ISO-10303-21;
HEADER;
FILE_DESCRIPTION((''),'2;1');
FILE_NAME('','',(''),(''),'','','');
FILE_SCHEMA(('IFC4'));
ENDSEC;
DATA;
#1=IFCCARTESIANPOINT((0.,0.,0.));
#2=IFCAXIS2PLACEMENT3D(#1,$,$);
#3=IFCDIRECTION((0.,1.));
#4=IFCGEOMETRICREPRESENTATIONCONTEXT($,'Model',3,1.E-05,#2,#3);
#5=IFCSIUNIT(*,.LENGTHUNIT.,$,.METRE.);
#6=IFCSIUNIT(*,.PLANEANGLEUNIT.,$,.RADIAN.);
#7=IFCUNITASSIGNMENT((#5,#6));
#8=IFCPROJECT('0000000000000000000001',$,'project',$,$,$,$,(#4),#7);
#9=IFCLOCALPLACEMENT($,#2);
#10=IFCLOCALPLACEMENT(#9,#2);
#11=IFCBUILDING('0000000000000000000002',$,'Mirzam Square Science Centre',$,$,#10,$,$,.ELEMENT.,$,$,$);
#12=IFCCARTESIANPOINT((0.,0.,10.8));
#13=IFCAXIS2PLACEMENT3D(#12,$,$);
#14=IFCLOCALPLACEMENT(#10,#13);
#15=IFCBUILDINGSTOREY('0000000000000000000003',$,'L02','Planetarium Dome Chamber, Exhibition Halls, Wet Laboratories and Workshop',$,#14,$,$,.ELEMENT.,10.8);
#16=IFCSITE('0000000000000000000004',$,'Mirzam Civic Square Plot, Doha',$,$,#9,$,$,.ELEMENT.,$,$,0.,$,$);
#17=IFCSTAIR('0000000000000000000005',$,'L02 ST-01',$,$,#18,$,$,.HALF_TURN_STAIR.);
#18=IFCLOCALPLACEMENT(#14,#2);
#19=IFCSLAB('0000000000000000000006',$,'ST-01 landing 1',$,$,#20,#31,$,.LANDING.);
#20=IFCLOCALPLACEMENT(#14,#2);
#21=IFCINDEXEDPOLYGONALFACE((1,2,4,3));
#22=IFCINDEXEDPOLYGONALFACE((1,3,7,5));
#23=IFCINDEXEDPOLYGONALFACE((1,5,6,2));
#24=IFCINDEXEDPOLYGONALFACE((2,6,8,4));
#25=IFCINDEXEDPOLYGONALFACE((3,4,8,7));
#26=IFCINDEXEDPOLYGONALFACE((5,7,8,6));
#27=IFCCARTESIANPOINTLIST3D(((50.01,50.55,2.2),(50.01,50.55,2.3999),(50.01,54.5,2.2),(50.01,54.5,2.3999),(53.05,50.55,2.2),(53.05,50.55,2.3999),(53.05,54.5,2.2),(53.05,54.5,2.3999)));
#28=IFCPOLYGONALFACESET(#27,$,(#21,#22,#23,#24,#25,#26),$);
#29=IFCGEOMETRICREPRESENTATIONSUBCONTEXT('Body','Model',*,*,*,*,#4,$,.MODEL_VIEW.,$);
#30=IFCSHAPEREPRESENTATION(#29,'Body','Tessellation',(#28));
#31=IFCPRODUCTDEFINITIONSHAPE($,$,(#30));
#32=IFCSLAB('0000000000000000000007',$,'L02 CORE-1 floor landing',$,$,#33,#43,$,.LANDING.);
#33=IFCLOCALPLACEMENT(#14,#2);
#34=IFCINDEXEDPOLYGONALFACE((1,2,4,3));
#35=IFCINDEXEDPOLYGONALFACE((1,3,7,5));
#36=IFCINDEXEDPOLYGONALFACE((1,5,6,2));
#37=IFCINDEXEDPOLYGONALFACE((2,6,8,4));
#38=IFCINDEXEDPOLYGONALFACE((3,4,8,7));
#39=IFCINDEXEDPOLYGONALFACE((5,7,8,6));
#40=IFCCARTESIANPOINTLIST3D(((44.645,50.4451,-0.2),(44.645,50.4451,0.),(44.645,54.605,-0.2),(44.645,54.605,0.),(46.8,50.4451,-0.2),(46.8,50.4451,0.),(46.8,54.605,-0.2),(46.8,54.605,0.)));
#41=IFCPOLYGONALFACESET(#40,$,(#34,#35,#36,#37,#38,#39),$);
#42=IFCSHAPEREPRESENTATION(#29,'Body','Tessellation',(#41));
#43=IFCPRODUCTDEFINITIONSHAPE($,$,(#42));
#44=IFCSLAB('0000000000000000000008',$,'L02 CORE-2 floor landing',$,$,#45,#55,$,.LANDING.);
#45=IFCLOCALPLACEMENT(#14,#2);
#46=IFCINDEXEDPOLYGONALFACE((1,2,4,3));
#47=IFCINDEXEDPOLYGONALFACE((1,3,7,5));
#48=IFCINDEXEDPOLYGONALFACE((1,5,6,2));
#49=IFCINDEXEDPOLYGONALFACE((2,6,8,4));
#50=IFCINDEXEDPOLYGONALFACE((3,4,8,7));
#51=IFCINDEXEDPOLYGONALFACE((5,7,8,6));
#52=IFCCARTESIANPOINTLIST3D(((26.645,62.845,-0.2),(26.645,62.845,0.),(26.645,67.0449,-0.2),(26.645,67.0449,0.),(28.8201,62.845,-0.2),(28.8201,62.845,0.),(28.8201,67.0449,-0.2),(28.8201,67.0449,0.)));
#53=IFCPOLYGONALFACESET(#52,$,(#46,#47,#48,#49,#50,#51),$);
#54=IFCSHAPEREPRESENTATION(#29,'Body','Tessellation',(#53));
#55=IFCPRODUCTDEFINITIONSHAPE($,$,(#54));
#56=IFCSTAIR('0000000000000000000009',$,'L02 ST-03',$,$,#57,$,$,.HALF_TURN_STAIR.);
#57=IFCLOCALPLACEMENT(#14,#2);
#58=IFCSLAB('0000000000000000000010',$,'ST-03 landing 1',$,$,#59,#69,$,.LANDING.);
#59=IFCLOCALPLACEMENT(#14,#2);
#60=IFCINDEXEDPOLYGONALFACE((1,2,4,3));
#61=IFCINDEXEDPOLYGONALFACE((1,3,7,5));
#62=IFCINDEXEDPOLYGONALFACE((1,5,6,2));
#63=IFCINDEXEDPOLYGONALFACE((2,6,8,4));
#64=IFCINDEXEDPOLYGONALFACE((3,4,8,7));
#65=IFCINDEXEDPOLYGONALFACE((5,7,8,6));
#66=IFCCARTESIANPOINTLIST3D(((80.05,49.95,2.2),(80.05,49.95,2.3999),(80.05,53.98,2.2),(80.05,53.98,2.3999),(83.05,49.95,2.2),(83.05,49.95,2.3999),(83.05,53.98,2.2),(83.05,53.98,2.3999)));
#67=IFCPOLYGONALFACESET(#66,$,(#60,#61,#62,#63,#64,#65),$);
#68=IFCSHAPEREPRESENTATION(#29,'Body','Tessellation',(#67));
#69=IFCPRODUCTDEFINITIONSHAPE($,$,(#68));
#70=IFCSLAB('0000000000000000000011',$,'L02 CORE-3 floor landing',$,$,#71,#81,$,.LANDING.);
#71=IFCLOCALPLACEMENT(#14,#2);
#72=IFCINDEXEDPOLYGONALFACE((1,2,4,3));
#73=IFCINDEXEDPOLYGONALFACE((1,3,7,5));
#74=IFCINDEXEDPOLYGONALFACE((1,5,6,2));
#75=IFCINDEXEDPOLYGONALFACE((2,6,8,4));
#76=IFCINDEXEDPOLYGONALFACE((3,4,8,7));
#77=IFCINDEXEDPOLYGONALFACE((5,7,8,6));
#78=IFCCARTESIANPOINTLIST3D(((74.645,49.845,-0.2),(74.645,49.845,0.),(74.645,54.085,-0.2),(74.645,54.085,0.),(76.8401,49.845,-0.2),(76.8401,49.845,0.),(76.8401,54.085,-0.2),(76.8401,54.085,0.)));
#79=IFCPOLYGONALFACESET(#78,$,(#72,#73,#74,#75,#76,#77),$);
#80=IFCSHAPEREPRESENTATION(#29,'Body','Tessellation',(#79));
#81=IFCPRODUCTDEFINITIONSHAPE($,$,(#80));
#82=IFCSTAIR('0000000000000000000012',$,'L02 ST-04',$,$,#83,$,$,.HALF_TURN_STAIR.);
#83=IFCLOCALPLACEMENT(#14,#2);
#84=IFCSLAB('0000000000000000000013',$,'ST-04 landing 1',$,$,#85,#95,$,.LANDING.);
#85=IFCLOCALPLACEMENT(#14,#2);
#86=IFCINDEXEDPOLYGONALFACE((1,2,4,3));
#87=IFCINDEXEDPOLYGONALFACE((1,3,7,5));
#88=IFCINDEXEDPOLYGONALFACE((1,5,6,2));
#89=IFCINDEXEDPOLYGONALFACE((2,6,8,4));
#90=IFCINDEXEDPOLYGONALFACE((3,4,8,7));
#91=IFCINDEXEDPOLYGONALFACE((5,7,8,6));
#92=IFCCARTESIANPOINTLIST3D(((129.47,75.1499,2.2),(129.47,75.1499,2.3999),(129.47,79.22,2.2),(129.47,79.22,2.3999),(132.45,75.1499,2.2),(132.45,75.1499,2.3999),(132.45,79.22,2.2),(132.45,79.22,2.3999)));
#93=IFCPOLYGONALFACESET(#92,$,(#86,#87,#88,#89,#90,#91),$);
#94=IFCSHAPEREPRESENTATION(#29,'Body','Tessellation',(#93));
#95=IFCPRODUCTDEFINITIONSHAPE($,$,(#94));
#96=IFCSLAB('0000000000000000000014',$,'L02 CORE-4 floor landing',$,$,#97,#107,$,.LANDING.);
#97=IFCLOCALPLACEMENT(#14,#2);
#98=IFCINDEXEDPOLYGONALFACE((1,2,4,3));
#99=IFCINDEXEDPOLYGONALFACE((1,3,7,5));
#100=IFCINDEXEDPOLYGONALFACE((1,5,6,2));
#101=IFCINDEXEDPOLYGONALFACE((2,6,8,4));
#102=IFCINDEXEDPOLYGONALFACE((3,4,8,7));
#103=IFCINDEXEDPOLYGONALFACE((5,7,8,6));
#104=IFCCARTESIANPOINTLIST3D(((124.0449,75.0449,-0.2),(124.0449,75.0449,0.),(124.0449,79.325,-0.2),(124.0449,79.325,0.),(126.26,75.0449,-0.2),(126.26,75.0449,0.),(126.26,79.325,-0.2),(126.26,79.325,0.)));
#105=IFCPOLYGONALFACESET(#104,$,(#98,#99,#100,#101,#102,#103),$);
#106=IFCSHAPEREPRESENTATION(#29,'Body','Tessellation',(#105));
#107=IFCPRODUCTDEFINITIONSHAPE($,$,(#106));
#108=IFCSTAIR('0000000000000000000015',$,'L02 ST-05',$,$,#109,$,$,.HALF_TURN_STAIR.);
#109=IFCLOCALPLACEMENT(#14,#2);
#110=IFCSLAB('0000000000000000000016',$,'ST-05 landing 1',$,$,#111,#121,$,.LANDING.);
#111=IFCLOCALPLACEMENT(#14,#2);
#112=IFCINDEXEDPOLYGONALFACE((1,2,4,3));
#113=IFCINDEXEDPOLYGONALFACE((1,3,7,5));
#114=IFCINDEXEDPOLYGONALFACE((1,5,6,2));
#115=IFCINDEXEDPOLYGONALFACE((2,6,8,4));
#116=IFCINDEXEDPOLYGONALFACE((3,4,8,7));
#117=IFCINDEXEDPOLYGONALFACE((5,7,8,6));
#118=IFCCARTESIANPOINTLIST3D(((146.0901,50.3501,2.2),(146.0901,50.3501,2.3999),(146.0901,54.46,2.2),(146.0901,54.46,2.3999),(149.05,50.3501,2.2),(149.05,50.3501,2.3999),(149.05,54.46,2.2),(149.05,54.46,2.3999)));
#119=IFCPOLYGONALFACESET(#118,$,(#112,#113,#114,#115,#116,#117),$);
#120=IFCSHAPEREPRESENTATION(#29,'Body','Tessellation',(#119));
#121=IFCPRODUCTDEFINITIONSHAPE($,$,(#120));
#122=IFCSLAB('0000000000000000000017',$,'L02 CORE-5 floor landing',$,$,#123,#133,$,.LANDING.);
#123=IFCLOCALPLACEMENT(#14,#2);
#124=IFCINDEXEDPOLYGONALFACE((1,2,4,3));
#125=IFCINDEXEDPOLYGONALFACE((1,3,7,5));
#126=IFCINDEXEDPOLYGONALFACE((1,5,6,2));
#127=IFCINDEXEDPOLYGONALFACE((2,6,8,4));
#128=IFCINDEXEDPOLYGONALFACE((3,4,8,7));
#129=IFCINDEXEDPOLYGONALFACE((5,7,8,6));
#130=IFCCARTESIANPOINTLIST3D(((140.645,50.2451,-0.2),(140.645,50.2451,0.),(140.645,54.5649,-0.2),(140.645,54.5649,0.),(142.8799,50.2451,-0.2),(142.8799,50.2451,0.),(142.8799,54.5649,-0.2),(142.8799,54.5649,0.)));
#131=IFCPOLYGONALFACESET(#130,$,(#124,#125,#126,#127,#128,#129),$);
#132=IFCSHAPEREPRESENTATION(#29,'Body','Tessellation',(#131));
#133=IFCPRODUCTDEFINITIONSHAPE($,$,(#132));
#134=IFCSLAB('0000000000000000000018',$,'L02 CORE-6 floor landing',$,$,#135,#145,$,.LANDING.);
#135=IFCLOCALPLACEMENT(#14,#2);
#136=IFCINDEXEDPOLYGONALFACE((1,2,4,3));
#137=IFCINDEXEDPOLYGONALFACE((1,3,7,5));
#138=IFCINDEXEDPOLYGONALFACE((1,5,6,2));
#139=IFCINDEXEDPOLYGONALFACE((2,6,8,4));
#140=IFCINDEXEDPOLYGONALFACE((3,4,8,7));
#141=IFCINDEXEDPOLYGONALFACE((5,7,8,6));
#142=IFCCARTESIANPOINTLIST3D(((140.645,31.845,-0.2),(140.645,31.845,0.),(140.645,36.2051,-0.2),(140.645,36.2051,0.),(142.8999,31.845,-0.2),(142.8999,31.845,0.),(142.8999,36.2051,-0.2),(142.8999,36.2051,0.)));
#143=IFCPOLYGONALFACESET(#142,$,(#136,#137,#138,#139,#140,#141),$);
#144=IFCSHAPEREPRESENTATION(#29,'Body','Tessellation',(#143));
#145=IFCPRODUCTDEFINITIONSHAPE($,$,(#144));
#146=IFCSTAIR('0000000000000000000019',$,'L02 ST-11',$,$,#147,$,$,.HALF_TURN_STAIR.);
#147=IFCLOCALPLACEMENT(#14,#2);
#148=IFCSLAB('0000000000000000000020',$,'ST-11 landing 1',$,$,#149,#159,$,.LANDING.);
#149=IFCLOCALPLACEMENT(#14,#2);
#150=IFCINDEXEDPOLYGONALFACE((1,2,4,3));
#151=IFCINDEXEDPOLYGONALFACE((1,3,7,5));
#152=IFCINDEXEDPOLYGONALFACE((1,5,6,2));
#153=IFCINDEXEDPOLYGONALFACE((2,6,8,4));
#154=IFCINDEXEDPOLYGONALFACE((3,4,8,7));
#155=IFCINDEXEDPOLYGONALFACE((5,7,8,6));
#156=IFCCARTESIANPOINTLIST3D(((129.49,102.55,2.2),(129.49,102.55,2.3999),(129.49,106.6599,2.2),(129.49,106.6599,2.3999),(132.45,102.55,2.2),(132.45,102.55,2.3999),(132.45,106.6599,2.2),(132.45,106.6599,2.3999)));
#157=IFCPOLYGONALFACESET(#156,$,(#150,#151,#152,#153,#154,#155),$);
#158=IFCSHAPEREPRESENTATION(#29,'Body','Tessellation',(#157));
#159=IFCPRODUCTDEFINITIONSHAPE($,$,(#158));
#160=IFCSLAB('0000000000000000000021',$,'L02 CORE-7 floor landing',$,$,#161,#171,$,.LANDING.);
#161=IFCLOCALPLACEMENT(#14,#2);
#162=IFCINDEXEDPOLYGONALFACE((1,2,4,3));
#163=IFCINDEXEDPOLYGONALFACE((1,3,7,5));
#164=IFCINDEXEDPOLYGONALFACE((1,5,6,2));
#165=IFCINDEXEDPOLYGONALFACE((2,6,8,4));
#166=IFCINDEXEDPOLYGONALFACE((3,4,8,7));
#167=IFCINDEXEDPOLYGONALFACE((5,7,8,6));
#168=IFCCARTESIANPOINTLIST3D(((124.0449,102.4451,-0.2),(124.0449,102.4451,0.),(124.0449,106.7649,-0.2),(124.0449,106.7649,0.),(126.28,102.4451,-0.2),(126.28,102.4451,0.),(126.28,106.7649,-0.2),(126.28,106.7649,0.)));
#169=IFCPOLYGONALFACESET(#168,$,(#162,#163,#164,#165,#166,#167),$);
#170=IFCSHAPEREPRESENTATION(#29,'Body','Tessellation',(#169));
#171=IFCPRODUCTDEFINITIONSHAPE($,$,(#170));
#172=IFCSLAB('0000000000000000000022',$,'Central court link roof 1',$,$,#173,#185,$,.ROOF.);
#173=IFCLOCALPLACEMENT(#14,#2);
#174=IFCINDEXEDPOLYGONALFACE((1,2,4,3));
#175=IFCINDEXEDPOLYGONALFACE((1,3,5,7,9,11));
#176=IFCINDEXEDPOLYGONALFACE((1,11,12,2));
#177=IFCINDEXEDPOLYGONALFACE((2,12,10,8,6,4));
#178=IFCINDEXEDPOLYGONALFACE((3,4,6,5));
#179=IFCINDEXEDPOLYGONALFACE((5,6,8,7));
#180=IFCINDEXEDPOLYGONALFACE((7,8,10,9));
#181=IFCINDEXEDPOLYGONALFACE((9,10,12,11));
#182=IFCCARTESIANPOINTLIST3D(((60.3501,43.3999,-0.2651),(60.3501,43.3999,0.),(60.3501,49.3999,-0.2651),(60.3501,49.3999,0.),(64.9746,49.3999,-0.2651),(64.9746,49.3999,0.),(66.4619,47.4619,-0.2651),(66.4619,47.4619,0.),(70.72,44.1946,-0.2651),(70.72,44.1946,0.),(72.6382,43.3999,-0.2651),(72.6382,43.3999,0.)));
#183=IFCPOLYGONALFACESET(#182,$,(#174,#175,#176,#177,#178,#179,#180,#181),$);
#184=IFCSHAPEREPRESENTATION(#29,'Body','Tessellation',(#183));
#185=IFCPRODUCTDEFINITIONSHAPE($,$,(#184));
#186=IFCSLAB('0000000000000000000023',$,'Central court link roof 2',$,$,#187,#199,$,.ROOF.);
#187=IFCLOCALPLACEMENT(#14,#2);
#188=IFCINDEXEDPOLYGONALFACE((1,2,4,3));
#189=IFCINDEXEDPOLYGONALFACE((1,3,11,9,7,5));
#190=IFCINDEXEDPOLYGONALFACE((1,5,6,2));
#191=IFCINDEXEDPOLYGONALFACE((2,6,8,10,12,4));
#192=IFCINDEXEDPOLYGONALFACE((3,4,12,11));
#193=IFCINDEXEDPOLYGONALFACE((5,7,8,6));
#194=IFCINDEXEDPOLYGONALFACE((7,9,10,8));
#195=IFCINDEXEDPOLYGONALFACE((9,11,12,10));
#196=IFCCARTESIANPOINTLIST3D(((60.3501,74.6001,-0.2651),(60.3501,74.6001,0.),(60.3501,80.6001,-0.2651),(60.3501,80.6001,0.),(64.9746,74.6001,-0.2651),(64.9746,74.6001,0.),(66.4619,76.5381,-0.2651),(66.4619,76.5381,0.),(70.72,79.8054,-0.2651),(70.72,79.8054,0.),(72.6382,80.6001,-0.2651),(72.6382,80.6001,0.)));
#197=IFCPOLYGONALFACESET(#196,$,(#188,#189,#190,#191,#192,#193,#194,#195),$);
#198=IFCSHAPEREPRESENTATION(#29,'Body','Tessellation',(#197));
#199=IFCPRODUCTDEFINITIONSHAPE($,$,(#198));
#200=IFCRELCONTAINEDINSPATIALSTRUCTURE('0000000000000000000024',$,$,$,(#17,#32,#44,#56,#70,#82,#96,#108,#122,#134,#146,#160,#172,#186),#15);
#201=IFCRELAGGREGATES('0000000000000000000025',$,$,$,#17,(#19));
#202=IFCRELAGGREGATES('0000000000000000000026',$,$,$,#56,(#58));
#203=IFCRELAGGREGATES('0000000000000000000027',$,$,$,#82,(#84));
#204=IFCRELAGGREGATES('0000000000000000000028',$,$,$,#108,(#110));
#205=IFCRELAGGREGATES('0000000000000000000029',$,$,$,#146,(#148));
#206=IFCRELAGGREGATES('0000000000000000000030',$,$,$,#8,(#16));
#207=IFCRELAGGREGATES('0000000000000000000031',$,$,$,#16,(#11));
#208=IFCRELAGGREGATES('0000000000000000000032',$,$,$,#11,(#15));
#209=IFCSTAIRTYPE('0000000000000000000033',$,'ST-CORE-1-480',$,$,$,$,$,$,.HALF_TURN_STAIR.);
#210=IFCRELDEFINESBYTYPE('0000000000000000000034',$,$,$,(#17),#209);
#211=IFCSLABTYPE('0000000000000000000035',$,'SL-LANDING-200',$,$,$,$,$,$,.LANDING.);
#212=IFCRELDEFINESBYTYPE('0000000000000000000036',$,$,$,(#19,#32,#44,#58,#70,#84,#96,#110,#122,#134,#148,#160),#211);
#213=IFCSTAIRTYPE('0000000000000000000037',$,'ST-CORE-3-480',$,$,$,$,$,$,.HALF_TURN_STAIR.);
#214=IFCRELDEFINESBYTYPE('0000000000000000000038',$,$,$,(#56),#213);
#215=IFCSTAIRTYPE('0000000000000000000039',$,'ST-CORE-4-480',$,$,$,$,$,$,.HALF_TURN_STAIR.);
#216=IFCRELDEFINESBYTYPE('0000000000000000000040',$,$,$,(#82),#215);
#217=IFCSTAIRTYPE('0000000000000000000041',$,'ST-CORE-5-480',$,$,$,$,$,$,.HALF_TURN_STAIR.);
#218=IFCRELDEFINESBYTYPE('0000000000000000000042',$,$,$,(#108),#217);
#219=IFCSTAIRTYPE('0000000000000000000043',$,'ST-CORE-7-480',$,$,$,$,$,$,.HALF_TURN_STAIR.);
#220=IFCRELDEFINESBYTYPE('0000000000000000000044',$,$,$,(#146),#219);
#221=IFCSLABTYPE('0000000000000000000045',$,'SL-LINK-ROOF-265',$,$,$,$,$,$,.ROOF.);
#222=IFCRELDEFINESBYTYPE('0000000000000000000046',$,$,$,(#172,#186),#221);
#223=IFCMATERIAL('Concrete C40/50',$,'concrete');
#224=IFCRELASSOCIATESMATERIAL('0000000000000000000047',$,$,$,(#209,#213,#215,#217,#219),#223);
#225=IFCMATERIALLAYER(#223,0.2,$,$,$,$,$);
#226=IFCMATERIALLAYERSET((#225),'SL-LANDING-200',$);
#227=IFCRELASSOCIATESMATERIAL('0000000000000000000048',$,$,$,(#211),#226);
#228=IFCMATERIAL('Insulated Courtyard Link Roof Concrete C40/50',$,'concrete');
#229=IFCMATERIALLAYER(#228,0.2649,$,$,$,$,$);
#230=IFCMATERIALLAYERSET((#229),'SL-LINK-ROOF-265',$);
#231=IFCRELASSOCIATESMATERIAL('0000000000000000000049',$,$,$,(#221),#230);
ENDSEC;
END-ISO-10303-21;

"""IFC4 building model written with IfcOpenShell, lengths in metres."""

from ifc_helpers import new_model, si_unit, direction, frame, origin, place, context, subcontext, project, spatial, polyline, outline, extrude, material, layer, layer_set, type_object, element, aggregate, save


model = new_model("IFC4")

# Units and contexts
model_context = context("Model", 3, precision=1e-05, world=origin(), true_north=direction((0.0, 1.0)))
body_context = subcontext(model_context, "Body", "Model", "MODEL_VIEW")
ifc_project = project(units=[si_unit("LENGTHUNIT", "METRE"), si_unit("PLANEANGLEUNIT", "RADIAN")], contexts=[model_context])

# Site, building, storey
site_placement = place(None, origin())
site = spatial("IfcSite", under=ifc_project, at=site_placement, Name="Mirzam Civic Square Plot, Doha", CompositionType="ELEMENT", RefElevation=0.0)
building_placement = place(site_placement, origin())
building = spatial("IfcBuilding", under=site, at=building_placement, Name="Mirzam Square Science Centre", CompositionType="ELEMENT")
storey_placement = place(building_placement, frame((0.0, 0.0, 10.8)))
storey = spatial("IfcBuildingStorey", under=building, at=storey_placement, Name="L02", Description="Planetarium Dome Chamber, Exhibition Halls, Wet Laboratories and Workshop", CompositionType="ELEMENT", Elevation=10.8)

# Stair, slab
ifc_material_1 = material(Name="Concrete C40/50", Category="concrete")
stair_type_1 = type_object("IfcStairType", Name="ST-CORE-1-480", PredefinedType="HALF_TURN_STAIR", material=ifc_material_1)
stair_1_placement = place(storey_placement, origin())
stair_1 = element("IfcStair", 1, at=stair_1_placement, inside=storey, type_object=stair_type_1, Name="L02 ST-01", PredefinedType="HALF_TURN_STAIR")
ifc_layer_1 = layer(ifc_material_1, 0.2)
ifc_layer_set_1 = layer_set([ifc_layer_1], Name="SL-LANDING-200")
slab_type_1 = type_object("IfcSlabType", Name="SL-LANDING-200", PredefinedType="LANDING", material=ifc_layer_set_1)
slab_1_placement = place(storey_placement, frame((0.0, 0.0, 2.2)))
slab_1 = element("IfcSlab", 2, at=slab_1_placement, type_object=slab_type_1, Name="ST-01 landing 1", PredefinedType="LANDING", context=body_context, shape_type="SweptSolid", body=[
    extrude(outline(polyline([(50.01, 50.55), (53.05, 50.55), (53.05, 54.5), (50.01, 54.5), (50.01, 50.55)])), origin(), (0.0, 0.0, 1.0), 0.2),
])
aggregate(stair_1, [slab_1])

# Slabs
slab_2_placement = place(storey_placement, frame((0.0, 0.0, -0.2)))
element("IfcSlab", 3, at=slab_2_placement, inside=storey, type_object=slab_type_1, Name="L02 CORE-1 floor landing", PredefinedType="LANDING", context=body_context, shape_type="SweptSolid", body=[
    extrude(outline(polyline([(46.8, 50.4451), (44.645, 50.4451), (44.645, 54.605), (46.8, 54.605), (46.8, 50.4451)])), origin(), (0.0, 0.0, 1.0), 0.2),
])
slab_3_placement = place(storey_placement, frame((0.0, 0.0, -0.2)))
element("IfcSlab", 4, at=slab_3_placement, inside=storey, type_object=slab_type_1, Name="L02 CORE-2 floor landing", PredefinedType="LANDING", context=body_context, shape_type="SweptSolid", body=[
    extrude(outline(polyline([(28.8201, 62.845), (26.645, 62.845), (26.645, 67.0449), (28.8201, 67.0449), (28.8201, 62.845)])), origin(), (0.0, 0.0, 1.0), 0.2),
])

# Stair, slab
stair_type_2 = type_object("IfcStairType", Name="ST-CORE-3-480", PredefinedType="HALF_TURN_STAIR", material=ifc_material_1)
stair_2_placement = place(storey_placement, origin())
stair_2 = element("IfcStair", 5, at=stair_2_placement, inside=storey, type_object=stair_type_2, Name="L02 ST-03", PredefinedType="HALF_TURN_STAIR")
slab_4_placement = place(storey_placement, frame((0.0, 0.0, 2.2)))
slab_4 = element("IfcSlab", 6, at=slab_4_placement, type_object=slab_type_1, Name="ST-03 landing 1", PredefinedType="LANDING", context=body_context, shape_type="SweptSolid", body=[
    extrude(outline(polyline([(80.05, 49.95), (83.05, 49.95), (83.05, 53.98), (80.05, 53.98), (80.05, 49.95)])), origin(), (0.0, 0.0, 1.0), 0.2),
])
aggregate(stair_2, [slab_4])

# Slab
slab_5_placement = place(storey_placement, frame((0.0, 0.0, -0.2)))
element("IfcSlab", 7, at=slab_5_placement, inside=storey, type_object=slab_type_1, Name="L02 CORE-3 floor landing", PredefinedType="LANDING", context=body_context, shape_type="SweptSolid", body=[
    extrude(outline(polyline([(76.8401, 49.845), (74.645, 49.845), (74.645, 54.085), (76.8401, 54.085), (76.8401, 49.845)])), origin(), (0.0, 0.0, 1.0), 0.2),
])

# Stair, slab
stair_type_3 = type_object("IfcStairType", Name="ST-CORE-4-480", PredefinedType="HALF_TURN_STAIR", material=ifc_material_1)
stair_3_placement = place(storey_placement, origin())
stair_3 = element("IfcStair", 8, at=stair_3_placement, inside=storey, type_object=stair_type_3, Name="L02 ST-04", PredefinedType="HALF_TURN_STAIR")
slab_6_placement = place(storey_placement, frame((0.0, 0.0, 2.2)))
slab_6 = element("IfcSlab", 9, at=slab_6_placement, type_object=slab_type_1, Name="ST-04 landing 1", PredefinedType="LANDING", context=body_context, shape_type="SweptSolid", body=[
    extrude(outline(polyline([(129.47, 75.1499), (132.45, 75.1499), (132.45, 79.22), (129.47, 79.22), (129.47, 75.1499)])), origin(), (0.0, 0.0, 1.0), 0.2),
])
aggregate(stair_3, [slab_6])

# Slab
slab_7_placement = place(storey_placement, frame((0.0, 0.0, -0.2)))
element("IfcSlab", 10, at=slab_7_placement, inside=storey, type_object=slab_type_1, Name="L02 CORE-4 floor landing", PredefinedType="LANDING", context=body_context, shape_type="SweptSolid", body=[
    extrude(outline(polyline([(126.26, 75.0449), (124.0449, 75.0449), (124.0449, 79.325), (126.26, 79.325), (126.26, 75.0449)])), origin(), (0.0, 0.0, 1.0), 0.2),
])

# Stair, slab
stair_type_4 = type_object("IfcStairType", Name="ST-CORE-5-480", PredefinedType="HALF_TURN_STAIR", material=ifc_material_1)
stair_4_placement = place(storey_placement, origin())
stair_4 = element("IfcStair", 11, at=stair_4_placement, inside=storey, type_object=stair_type_4, Name="L02 ST-05", PredefinedType="HALF_TURN_STAIR")
slab_8_placement = place(storey_placement, frame((0.0, 0.0, 2.2)))
slab_8 = element("IfcSlab", 12, at=slab_8_placement, type_object=slab_type_1, Name="ST-05 landing 1", PredefinedType="LANDING", context=body_context, shape_type="SweptSolid", body=[
    extrude(outline(polyline([(146.0901, 50.3501), (149.05, 50.3501), (149.05, 54.46), (146.0901, 54.46), (146.0901, 50.3501)])), origin(), (0.0, 0.0, 1.0), 0.2),
])
aggregate(stair_4, [slab_8])

# Slabs
slab_9_placement = place(storey_placement, frame((0.0, 0.0, -0.2)))
element("IfcSlab", 13, at=slab_9_placement, inside=storey, type_object=slab_type_1, Name="L02 CORE-5 floor landing", PredefinedType="LANDING", context=body_context, shape_type="SweptSolid", body=[
    extrude(outline(polyline([(142.8799, 50.2451), (140.645, 50.2451), (140.645, 54.5649), (142.8799, 54.5649), (142.8799, 50.2451)])), origin(), (0.0, 0.0, 1.0), 0.2),
])
slab_10_placement = place(storey_placement, frame((0.0, 0.0, -0.2)))
element("IfcSlab", 14, at=slab_10_placement, inside=storey, type_object=slab_type_1, Name="L02 CORE-6 floor landing", PredefinedType="LANDING", context=body_context, shape_type="SweptSolid", body=[
    extrude(outline(polyline([(142.8999, 31.845), (140.645, 31.845), (140.645, 36.2051), (142.8999, 36.2051), (142.8999, 31.845)])), origin(), (0.0, 0.0, 1.0), 0.2),
])

# Stair, slab
stair_type_5 = type_object("IfcStairType", Name="ST-CORE-7-480", PredefinedType="HALF_TURN_STAIR", material=ifc_material_1)
stair_5_placement = place(storey_placement, origin())
stair_5 = element("IfcStair", 15, at=stair_5_placement, inside=storey, type_object=stair_type_5, Name="L02 ST-11", PredefinedType="HALF_TURN_STAIR")
slab_11_placement = place(storey_placement, frame((0.0, 0.0, 2.2)))
slab_11 = element("IfcSlab", 16, at=slab_11_placement, type_object=slab_type_1, Name="ST-11 landing 1", PredefinedType="LANDING", context=body_context, shape_type="SweptSolid", body=[
    extrude(outline(polyline([(129.49, 102.55), (132.45, 102.55), (132.45, 106.6599), (129.49, 106.6599), (129.49, 102.55)])), origin(), (0.0, 0.0, 1.0), 0.2),
])
aggregate(stair_5, [slab_11])

# Slabs
slab_12_placement = place(storey_placement, frame((0.0, 0.0, -0.2)))
element("IfcSlab", 17, at=slab_12_placement, inside=storey, type_object=slab_type_1, Name="L02 CORE-7 floor landing", PredefinedType="LANDING", context=body_context, shape_type="SweptSolid", body=[
    extrude(outline(polyline([(126.28, 102.4451), (124.0449, 102.4451), (124.0449, 106.7649), (126.28, 106.7649), (126.28, 102.4451)])), origin(), (0.0, 0.0, 1.0), 0.2),
])
ifc_material_2 = material(Name="Insulated Courtyard Link Roof Concrete C40/50", Category="concrete")
ifc_layer_2 = layer(ifc_material_2, 0.2649)
ifc_layer_set_2 = layer_set([ifc_layer_2], Name="SL-LINK-ROOF-265")
slab_type_2 = type_object("IfcSlabType", Name="SL-LINK-ROOF-265", PredefinedType="ROOF", material=ifc_layer_set_2)
slab_13_placement = place(storey_placement, frame((0.0, 0.0, -0.2651)))
element("IfcSlab", 18, at=slab_13_placement, inside=storey, type_object=slab_type_2, Name="Central court link roof 1", PredefinedType="ROOF", context=body_context, shape_type="SweptSolid", body=[
    extrude(outline(polyline([(64.9746, 49.3999), (66.4619, 47.4619), (70.72, 44.1946), (72.6382, 43.3999), (60.3501, 43.3999), (60.3501, 49.3999), (64.9746, 49.3999)])), origin(), (0.0, 0.0, 1.0), 0.2651),
])
slab_14_placement = place(storey_placement, frame((0.0, 0.0, -0.2651)))
element("IfcSlab", 19, at=slab_14_placement, inside=storey, type_object=slab_type_2, Name="Central court link roof 2", PredefinedType="ROOF", context=body_context, shape_type="SweptSolid", body=[
    extrude(outline(polyline([(72.6382, 80.6001), (70.72, 79.8054), (66.4619, 76.5381), (64.9746, 74.6001), (60.3501, 74.6001), (60.3501, 80.6001), (72.6382, 80.6001)])), origin(), (0.0, 0.0, 1.0), 0.2651),
])

save(model, "model.ifc")
